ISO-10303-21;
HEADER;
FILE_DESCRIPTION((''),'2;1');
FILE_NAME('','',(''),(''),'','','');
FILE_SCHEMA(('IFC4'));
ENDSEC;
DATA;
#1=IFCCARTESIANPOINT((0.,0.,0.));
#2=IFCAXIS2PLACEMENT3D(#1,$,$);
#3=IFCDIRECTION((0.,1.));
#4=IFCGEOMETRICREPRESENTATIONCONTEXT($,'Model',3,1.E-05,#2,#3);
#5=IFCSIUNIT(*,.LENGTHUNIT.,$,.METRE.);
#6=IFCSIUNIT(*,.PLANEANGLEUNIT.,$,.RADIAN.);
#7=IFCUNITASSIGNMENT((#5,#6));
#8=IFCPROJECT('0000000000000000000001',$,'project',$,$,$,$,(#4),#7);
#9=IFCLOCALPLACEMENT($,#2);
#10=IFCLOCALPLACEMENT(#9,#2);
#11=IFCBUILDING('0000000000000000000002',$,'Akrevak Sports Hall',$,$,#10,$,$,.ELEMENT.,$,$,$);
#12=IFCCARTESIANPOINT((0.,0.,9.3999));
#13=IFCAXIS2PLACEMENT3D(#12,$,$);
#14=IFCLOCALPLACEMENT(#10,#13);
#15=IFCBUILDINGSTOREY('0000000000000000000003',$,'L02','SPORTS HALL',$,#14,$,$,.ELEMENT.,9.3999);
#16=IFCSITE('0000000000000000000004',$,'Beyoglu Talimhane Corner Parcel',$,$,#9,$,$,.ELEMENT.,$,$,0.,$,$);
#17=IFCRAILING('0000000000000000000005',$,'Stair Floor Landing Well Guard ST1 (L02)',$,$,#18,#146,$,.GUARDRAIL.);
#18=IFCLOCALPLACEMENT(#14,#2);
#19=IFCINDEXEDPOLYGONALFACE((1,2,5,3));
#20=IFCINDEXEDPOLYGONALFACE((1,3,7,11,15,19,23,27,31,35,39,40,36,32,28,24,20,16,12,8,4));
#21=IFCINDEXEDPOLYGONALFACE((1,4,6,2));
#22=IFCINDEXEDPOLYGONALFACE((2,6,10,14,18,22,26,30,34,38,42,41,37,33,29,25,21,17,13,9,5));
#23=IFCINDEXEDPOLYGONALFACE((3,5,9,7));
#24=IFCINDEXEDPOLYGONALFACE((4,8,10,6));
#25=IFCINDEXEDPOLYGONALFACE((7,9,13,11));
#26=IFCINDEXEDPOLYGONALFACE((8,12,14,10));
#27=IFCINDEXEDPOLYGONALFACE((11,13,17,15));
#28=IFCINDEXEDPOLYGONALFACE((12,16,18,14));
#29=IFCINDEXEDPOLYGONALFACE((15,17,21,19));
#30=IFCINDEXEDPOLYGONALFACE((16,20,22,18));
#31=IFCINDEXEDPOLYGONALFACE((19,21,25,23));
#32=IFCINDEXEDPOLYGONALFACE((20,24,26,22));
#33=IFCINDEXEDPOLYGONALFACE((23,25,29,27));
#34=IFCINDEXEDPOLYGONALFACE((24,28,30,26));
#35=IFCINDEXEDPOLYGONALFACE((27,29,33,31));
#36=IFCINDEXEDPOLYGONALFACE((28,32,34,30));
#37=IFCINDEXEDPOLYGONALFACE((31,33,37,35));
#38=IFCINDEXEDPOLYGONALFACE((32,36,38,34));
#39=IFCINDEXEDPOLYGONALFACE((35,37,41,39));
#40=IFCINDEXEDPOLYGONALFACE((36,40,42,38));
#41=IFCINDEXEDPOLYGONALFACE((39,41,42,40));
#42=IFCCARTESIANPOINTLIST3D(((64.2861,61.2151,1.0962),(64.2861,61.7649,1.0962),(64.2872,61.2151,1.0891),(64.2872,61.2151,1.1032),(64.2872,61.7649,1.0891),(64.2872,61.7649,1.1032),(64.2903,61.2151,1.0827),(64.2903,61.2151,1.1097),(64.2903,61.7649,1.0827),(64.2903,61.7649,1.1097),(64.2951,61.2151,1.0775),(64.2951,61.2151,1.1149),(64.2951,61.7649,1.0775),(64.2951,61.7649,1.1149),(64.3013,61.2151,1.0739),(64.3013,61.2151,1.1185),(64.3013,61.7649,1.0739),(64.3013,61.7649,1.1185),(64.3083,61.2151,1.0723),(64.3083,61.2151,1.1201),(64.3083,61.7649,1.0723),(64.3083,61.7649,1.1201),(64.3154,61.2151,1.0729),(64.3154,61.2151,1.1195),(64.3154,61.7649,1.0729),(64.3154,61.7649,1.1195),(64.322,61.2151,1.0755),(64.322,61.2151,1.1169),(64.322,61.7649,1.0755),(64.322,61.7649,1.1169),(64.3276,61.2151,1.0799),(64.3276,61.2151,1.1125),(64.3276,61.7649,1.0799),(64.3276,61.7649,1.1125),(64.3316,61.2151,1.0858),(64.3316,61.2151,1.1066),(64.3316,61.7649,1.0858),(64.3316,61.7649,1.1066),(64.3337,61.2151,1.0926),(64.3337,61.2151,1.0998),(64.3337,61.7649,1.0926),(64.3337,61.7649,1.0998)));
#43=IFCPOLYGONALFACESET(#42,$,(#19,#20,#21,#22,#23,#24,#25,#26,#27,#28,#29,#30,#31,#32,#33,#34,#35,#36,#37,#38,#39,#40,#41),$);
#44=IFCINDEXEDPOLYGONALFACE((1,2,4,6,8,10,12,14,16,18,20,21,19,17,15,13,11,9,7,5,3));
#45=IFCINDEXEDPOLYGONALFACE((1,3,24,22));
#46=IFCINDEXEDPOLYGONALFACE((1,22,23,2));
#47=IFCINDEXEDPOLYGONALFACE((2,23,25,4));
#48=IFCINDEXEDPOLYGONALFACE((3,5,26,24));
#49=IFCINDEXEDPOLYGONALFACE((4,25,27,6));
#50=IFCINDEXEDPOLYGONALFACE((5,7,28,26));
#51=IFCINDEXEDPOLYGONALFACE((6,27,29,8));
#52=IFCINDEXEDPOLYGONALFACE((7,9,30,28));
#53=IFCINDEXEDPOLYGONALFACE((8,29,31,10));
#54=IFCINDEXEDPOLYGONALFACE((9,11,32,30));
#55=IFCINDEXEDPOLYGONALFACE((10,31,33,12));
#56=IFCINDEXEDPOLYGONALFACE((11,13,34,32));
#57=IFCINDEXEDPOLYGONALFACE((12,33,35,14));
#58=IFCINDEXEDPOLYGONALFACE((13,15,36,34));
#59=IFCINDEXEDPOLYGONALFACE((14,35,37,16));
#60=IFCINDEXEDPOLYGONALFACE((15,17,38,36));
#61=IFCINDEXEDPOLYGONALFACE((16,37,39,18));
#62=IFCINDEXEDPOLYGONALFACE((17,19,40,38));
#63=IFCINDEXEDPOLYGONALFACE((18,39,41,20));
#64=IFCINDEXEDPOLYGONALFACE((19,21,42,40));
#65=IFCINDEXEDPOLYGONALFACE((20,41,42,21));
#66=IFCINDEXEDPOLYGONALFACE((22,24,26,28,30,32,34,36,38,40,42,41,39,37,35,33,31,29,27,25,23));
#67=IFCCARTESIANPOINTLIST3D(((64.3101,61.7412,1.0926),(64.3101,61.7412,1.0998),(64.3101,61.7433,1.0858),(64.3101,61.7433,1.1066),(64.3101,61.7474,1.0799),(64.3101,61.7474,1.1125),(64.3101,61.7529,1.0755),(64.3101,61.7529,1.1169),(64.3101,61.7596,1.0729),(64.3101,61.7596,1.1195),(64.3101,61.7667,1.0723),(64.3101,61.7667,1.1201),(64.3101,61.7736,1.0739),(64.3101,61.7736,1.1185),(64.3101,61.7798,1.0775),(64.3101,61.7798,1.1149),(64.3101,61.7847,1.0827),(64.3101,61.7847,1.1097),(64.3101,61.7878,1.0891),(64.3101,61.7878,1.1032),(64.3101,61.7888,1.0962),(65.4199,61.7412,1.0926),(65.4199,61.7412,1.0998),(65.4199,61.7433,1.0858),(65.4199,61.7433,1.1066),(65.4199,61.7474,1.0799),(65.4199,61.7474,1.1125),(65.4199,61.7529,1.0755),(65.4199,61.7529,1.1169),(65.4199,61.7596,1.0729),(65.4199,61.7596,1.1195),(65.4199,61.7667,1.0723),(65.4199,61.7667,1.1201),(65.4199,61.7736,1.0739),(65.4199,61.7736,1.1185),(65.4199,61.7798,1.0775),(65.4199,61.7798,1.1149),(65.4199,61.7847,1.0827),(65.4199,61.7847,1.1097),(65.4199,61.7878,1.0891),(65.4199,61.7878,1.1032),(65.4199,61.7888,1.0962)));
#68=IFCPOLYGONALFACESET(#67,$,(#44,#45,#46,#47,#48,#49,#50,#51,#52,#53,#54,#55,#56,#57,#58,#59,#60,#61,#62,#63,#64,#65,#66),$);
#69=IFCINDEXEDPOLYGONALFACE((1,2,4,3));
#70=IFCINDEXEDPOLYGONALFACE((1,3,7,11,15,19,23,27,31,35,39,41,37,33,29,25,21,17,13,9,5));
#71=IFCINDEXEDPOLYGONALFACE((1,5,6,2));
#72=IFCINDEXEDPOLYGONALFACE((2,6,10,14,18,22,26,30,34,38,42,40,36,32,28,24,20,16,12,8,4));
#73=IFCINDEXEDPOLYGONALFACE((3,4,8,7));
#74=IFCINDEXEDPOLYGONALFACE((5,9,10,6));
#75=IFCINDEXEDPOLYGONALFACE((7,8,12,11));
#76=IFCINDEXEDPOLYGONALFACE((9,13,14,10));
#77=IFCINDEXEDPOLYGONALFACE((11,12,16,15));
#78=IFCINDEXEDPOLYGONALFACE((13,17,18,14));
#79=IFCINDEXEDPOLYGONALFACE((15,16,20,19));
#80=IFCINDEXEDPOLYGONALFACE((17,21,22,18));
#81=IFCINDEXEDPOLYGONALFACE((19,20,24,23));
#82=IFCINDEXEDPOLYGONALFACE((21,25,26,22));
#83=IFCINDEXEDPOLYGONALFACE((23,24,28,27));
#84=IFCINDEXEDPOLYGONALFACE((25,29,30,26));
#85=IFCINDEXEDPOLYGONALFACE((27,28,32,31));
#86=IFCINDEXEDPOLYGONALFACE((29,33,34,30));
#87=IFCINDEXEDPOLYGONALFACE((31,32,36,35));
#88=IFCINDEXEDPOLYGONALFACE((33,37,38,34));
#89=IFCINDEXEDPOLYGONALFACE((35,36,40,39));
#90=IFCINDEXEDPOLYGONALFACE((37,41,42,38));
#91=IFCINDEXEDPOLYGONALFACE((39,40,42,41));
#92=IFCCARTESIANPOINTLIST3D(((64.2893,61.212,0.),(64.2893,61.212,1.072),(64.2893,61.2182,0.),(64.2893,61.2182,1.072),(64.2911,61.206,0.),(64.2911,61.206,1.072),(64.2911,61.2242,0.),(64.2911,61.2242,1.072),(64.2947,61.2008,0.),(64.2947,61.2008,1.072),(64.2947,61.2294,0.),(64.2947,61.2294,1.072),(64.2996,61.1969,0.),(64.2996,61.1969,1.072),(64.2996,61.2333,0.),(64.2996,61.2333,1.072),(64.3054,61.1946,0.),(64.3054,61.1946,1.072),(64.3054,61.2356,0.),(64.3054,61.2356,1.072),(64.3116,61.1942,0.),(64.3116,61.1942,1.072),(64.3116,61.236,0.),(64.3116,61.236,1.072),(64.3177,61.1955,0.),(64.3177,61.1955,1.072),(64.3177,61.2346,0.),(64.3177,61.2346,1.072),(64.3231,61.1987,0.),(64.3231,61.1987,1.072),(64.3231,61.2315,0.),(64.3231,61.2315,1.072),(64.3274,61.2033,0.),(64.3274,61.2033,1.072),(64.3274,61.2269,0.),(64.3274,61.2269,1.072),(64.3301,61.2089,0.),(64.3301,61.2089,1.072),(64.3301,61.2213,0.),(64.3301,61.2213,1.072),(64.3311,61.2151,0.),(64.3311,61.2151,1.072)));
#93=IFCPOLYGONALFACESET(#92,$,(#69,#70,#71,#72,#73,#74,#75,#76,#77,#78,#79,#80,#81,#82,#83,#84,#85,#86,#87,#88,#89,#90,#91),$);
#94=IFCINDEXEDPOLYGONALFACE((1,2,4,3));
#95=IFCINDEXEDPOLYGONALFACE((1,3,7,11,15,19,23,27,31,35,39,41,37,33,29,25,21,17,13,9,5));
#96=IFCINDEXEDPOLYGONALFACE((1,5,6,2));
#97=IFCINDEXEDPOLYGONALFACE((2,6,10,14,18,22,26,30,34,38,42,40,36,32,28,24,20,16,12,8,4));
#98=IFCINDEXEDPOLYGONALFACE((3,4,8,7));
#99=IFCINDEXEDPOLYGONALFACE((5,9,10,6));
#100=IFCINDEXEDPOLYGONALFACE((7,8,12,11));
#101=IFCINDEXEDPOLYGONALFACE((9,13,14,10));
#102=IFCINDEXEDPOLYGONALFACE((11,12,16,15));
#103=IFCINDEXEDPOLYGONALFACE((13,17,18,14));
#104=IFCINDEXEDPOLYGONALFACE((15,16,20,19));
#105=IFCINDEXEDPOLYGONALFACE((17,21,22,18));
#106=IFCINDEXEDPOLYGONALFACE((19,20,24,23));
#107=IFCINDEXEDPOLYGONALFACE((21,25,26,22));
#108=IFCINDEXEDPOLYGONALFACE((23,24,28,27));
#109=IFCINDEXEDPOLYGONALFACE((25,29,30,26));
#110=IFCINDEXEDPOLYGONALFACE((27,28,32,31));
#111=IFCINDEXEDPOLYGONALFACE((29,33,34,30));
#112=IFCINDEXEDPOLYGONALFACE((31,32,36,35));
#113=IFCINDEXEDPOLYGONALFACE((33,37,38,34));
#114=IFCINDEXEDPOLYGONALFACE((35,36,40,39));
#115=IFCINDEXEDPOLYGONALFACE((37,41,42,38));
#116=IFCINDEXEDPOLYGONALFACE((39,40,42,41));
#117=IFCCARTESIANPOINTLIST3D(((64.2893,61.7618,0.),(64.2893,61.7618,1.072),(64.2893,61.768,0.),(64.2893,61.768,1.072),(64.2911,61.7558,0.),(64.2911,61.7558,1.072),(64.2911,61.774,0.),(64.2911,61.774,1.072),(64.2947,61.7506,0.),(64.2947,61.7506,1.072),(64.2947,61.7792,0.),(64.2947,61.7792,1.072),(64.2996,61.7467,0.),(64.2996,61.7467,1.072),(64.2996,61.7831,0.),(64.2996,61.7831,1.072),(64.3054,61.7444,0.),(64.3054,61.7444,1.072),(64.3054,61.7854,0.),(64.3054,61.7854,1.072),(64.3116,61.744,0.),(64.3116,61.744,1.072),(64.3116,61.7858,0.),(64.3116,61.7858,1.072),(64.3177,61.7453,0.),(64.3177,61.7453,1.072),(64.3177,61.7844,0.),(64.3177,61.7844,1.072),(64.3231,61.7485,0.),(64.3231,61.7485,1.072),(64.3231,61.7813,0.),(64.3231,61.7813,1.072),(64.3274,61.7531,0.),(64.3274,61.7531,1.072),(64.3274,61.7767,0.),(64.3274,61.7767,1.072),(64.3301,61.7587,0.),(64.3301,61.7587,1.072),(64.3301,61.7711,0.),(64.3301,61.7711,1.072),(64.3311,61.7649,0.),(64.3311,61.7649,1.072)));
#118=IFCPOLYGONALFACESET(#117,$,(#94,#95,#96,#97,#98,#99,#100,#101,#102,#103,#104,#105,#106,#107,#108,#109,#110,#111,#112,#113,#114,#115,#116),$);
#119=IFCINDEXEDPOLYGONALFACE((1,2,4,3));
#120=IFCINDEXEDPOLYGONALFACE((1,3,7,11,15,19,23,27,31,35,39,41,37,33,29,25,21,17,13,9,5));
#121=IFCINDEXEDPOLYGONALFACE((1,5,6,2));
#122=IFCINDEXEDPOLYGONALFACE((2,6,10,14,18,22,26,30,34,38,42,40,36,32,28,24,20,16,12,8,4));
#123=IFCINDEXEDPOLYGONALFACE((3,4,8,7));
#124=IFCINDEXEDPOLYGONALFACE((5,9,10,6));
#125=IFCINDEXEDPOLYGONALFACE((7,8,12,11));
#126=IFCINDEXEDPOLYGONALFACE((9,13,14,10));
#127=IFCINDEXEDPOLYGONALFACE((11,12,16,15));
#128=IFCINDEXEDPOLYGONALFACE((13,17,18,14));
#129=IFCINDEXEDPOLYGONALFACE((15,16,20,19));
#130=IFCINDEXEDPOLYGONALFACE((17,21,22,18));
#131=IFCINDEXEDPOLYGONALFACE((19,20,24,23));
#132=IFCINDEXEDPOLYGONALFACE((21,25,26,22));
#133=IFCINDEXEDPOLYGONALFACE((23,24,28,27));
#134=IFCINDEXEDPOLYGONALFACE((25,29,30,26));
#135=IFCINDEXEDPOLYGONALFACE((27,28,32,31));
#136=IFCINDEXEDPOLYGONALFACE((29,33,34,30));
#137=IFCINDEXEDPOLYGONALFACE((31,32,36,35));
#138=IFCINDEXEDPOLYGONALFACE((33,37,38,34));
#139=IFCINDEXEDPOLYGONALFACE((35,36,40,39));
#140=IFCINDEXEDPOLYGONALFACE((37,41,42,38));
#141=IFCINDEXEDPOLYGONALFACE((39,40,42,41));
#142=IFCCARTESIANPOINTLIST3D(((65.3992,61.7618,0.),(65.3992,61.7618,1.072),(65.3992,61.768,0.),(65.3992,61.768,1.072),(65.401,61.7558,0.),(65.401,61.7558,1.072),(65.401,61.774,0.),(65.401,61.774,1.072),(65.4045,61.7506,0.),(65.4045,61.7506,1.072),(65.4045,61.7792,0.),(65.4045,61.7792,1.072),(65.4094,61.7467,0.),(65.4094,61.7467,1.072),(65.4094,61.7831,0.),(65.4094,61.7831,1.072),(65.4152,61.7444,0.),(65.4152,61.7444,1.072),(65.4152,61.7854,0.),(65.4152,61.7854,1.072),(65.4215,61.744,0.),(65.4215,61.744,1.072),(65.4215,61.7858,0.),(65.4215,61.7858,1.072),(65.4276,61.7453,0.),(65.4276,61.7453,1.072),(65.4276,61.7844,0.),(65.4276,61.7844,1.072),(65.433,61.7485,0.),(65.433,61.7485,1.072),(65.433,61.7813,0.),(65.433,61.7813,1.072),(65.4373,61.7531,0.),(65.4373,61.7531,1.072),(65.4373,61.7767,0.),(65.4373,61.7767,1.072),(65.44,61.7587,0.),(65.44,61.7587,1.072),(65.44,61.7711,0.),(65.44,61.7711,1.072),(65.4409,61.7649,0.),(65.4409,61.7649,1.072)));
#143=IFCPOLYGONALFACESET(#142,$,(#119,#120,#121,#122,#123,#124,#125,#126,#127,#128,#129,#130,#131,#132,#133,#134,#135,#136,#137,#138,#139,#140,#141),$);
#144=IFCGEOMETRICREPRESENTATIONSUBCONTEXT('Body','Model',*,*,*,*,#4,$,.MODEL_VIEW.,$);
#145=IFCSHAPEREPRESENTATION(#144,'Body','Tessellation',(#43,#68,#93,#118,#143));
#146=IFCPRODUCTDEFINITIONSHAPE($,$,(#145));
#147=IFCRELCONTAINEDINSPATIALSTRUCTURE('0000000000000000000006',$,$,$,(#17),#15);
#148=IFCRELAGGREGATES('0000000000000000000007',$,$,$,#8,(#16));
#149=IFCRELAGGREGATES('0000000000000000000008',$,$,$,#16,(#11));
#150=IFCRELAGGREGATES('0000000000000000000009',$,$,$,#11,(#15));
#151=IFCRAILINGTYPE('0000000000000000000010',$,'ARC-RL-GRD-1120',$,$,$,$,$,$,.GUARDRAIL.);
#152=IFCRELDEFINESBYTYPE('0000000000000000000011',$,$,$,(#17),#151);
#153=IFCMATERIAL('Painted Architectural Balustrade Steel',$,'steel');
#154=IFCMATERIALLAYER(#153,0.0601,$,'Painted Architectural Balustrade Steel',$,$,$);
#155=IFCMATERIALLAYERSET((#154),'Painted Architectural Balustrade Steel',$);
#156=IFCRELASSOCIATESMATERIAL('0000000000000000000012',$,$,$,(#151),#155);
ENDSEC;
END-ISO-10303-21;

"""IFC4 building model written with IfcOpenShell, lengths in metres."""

from ifc_helpers import new_model, si_unit, direction, frame, origin, origin_2d, place, context, subcontext, project, spatial, circle, extrude, material, layer, layer_set, type_object, element, save


model = new_model("IFC4")

# Units and contexts
model_context = context("Model", 3, precision=1e-05, world=origin(), true_north=direction((0.0, 1.0)))
body_context = subcontext(model_context, "Body", "Model", "MODEL_VIEW")
ifc_project = project(units=[si_unit("LENGTHUNIT", "METRE"), si_unit("PLANEANGLEUNIT", "RADIAN")], contexts=[model_context])

# Site, building, storey
site_placement = place(None, origin())
site = spatial("IfcSite", under=ifc_project, at=site_placement, Name="Beyoglu Talimhane Corner Parcel", CompositionType="ELEMENT", RefElevation=0.0)
building_placement = place(site_placement, origin())
building = spatial("IfcBuilding", under=site, at=building_placement, Name="Akrevak Sports Hall", CompositionType="ELEMENT")
storey_placement = place(building_placement, frame((0.0, 0.0, 9.3999)))
storey = spatial("IfcBuildingStorey", under=building, at=storey_placement, Name="L02", Description="SPORTS HALL", CompositionType="ELEMENT", Elevation=9.3999)

# Railing
ifc_material_1 = material(Name="Painted Architectural Balustrade Steel", Category="steel")
ifc_layer_1 = layer(ifc_material_1, 0.0601, Name="Painted Architectural Balustrade Steel")
ifc_layer_set_1 = layer_set([ifc_layer_1], Name="Painted Architectural Balustrade Steel")
railing_type_1 = type_object("IfcRailingType", Name="ARC-RL-GRD-1120", PredefinedType="GUARDRAIL", material=ifc_layer_set_1)
railing_1_placement = place(storey_placement, frame((64.3101, 61.2151, 0.0)))
element("IfcRailing", 1, at=railing_1_placement, inside=storey, type_object=railing_type_1, Name="Stair Floor Landing Well Guard ST1 (L02)", PredefinedType="GUARDRAIL", context=body_context, shape_type="SweptSolid", body=[
    extrude(circle(Radius=0.0239, at=origin_2d()), frame((0.0, 0.0, 1.0962), z_axis=(0.0, 1.0, 0.0), x_axis=(-1.0, 0.0, 0.0)), (0.0, 0.0, 1.0), 0.5498),
    extrude(circle(Radius=0.0239, at=origin_2d()), frame((0.0, 0.5498, 1.0962), z_axis=(1.0, 0.0, 0.0), x_axis=(0.0, 1.0, 0.0)), (0.0, 0.0, 1.0), 1.1099),
    extrude(circle(Radius=0.021, at=origin_2d()), origin(), (0.0, 0.0, 1.0), 1.072),
    extrude(circle(Radius=0.021, at=origin_2d()), frame((0.0, 0.5498, 0.0)), (0.0, 0.0, 1.0), 1.072),
    extrude(circle(Radius=0.021, at=origin_2d()), frame((1.1099, 0.5498, 0.0)), (0.0, 0.0, 1.0), 1.072),
])

save(model, "model.ifc")
